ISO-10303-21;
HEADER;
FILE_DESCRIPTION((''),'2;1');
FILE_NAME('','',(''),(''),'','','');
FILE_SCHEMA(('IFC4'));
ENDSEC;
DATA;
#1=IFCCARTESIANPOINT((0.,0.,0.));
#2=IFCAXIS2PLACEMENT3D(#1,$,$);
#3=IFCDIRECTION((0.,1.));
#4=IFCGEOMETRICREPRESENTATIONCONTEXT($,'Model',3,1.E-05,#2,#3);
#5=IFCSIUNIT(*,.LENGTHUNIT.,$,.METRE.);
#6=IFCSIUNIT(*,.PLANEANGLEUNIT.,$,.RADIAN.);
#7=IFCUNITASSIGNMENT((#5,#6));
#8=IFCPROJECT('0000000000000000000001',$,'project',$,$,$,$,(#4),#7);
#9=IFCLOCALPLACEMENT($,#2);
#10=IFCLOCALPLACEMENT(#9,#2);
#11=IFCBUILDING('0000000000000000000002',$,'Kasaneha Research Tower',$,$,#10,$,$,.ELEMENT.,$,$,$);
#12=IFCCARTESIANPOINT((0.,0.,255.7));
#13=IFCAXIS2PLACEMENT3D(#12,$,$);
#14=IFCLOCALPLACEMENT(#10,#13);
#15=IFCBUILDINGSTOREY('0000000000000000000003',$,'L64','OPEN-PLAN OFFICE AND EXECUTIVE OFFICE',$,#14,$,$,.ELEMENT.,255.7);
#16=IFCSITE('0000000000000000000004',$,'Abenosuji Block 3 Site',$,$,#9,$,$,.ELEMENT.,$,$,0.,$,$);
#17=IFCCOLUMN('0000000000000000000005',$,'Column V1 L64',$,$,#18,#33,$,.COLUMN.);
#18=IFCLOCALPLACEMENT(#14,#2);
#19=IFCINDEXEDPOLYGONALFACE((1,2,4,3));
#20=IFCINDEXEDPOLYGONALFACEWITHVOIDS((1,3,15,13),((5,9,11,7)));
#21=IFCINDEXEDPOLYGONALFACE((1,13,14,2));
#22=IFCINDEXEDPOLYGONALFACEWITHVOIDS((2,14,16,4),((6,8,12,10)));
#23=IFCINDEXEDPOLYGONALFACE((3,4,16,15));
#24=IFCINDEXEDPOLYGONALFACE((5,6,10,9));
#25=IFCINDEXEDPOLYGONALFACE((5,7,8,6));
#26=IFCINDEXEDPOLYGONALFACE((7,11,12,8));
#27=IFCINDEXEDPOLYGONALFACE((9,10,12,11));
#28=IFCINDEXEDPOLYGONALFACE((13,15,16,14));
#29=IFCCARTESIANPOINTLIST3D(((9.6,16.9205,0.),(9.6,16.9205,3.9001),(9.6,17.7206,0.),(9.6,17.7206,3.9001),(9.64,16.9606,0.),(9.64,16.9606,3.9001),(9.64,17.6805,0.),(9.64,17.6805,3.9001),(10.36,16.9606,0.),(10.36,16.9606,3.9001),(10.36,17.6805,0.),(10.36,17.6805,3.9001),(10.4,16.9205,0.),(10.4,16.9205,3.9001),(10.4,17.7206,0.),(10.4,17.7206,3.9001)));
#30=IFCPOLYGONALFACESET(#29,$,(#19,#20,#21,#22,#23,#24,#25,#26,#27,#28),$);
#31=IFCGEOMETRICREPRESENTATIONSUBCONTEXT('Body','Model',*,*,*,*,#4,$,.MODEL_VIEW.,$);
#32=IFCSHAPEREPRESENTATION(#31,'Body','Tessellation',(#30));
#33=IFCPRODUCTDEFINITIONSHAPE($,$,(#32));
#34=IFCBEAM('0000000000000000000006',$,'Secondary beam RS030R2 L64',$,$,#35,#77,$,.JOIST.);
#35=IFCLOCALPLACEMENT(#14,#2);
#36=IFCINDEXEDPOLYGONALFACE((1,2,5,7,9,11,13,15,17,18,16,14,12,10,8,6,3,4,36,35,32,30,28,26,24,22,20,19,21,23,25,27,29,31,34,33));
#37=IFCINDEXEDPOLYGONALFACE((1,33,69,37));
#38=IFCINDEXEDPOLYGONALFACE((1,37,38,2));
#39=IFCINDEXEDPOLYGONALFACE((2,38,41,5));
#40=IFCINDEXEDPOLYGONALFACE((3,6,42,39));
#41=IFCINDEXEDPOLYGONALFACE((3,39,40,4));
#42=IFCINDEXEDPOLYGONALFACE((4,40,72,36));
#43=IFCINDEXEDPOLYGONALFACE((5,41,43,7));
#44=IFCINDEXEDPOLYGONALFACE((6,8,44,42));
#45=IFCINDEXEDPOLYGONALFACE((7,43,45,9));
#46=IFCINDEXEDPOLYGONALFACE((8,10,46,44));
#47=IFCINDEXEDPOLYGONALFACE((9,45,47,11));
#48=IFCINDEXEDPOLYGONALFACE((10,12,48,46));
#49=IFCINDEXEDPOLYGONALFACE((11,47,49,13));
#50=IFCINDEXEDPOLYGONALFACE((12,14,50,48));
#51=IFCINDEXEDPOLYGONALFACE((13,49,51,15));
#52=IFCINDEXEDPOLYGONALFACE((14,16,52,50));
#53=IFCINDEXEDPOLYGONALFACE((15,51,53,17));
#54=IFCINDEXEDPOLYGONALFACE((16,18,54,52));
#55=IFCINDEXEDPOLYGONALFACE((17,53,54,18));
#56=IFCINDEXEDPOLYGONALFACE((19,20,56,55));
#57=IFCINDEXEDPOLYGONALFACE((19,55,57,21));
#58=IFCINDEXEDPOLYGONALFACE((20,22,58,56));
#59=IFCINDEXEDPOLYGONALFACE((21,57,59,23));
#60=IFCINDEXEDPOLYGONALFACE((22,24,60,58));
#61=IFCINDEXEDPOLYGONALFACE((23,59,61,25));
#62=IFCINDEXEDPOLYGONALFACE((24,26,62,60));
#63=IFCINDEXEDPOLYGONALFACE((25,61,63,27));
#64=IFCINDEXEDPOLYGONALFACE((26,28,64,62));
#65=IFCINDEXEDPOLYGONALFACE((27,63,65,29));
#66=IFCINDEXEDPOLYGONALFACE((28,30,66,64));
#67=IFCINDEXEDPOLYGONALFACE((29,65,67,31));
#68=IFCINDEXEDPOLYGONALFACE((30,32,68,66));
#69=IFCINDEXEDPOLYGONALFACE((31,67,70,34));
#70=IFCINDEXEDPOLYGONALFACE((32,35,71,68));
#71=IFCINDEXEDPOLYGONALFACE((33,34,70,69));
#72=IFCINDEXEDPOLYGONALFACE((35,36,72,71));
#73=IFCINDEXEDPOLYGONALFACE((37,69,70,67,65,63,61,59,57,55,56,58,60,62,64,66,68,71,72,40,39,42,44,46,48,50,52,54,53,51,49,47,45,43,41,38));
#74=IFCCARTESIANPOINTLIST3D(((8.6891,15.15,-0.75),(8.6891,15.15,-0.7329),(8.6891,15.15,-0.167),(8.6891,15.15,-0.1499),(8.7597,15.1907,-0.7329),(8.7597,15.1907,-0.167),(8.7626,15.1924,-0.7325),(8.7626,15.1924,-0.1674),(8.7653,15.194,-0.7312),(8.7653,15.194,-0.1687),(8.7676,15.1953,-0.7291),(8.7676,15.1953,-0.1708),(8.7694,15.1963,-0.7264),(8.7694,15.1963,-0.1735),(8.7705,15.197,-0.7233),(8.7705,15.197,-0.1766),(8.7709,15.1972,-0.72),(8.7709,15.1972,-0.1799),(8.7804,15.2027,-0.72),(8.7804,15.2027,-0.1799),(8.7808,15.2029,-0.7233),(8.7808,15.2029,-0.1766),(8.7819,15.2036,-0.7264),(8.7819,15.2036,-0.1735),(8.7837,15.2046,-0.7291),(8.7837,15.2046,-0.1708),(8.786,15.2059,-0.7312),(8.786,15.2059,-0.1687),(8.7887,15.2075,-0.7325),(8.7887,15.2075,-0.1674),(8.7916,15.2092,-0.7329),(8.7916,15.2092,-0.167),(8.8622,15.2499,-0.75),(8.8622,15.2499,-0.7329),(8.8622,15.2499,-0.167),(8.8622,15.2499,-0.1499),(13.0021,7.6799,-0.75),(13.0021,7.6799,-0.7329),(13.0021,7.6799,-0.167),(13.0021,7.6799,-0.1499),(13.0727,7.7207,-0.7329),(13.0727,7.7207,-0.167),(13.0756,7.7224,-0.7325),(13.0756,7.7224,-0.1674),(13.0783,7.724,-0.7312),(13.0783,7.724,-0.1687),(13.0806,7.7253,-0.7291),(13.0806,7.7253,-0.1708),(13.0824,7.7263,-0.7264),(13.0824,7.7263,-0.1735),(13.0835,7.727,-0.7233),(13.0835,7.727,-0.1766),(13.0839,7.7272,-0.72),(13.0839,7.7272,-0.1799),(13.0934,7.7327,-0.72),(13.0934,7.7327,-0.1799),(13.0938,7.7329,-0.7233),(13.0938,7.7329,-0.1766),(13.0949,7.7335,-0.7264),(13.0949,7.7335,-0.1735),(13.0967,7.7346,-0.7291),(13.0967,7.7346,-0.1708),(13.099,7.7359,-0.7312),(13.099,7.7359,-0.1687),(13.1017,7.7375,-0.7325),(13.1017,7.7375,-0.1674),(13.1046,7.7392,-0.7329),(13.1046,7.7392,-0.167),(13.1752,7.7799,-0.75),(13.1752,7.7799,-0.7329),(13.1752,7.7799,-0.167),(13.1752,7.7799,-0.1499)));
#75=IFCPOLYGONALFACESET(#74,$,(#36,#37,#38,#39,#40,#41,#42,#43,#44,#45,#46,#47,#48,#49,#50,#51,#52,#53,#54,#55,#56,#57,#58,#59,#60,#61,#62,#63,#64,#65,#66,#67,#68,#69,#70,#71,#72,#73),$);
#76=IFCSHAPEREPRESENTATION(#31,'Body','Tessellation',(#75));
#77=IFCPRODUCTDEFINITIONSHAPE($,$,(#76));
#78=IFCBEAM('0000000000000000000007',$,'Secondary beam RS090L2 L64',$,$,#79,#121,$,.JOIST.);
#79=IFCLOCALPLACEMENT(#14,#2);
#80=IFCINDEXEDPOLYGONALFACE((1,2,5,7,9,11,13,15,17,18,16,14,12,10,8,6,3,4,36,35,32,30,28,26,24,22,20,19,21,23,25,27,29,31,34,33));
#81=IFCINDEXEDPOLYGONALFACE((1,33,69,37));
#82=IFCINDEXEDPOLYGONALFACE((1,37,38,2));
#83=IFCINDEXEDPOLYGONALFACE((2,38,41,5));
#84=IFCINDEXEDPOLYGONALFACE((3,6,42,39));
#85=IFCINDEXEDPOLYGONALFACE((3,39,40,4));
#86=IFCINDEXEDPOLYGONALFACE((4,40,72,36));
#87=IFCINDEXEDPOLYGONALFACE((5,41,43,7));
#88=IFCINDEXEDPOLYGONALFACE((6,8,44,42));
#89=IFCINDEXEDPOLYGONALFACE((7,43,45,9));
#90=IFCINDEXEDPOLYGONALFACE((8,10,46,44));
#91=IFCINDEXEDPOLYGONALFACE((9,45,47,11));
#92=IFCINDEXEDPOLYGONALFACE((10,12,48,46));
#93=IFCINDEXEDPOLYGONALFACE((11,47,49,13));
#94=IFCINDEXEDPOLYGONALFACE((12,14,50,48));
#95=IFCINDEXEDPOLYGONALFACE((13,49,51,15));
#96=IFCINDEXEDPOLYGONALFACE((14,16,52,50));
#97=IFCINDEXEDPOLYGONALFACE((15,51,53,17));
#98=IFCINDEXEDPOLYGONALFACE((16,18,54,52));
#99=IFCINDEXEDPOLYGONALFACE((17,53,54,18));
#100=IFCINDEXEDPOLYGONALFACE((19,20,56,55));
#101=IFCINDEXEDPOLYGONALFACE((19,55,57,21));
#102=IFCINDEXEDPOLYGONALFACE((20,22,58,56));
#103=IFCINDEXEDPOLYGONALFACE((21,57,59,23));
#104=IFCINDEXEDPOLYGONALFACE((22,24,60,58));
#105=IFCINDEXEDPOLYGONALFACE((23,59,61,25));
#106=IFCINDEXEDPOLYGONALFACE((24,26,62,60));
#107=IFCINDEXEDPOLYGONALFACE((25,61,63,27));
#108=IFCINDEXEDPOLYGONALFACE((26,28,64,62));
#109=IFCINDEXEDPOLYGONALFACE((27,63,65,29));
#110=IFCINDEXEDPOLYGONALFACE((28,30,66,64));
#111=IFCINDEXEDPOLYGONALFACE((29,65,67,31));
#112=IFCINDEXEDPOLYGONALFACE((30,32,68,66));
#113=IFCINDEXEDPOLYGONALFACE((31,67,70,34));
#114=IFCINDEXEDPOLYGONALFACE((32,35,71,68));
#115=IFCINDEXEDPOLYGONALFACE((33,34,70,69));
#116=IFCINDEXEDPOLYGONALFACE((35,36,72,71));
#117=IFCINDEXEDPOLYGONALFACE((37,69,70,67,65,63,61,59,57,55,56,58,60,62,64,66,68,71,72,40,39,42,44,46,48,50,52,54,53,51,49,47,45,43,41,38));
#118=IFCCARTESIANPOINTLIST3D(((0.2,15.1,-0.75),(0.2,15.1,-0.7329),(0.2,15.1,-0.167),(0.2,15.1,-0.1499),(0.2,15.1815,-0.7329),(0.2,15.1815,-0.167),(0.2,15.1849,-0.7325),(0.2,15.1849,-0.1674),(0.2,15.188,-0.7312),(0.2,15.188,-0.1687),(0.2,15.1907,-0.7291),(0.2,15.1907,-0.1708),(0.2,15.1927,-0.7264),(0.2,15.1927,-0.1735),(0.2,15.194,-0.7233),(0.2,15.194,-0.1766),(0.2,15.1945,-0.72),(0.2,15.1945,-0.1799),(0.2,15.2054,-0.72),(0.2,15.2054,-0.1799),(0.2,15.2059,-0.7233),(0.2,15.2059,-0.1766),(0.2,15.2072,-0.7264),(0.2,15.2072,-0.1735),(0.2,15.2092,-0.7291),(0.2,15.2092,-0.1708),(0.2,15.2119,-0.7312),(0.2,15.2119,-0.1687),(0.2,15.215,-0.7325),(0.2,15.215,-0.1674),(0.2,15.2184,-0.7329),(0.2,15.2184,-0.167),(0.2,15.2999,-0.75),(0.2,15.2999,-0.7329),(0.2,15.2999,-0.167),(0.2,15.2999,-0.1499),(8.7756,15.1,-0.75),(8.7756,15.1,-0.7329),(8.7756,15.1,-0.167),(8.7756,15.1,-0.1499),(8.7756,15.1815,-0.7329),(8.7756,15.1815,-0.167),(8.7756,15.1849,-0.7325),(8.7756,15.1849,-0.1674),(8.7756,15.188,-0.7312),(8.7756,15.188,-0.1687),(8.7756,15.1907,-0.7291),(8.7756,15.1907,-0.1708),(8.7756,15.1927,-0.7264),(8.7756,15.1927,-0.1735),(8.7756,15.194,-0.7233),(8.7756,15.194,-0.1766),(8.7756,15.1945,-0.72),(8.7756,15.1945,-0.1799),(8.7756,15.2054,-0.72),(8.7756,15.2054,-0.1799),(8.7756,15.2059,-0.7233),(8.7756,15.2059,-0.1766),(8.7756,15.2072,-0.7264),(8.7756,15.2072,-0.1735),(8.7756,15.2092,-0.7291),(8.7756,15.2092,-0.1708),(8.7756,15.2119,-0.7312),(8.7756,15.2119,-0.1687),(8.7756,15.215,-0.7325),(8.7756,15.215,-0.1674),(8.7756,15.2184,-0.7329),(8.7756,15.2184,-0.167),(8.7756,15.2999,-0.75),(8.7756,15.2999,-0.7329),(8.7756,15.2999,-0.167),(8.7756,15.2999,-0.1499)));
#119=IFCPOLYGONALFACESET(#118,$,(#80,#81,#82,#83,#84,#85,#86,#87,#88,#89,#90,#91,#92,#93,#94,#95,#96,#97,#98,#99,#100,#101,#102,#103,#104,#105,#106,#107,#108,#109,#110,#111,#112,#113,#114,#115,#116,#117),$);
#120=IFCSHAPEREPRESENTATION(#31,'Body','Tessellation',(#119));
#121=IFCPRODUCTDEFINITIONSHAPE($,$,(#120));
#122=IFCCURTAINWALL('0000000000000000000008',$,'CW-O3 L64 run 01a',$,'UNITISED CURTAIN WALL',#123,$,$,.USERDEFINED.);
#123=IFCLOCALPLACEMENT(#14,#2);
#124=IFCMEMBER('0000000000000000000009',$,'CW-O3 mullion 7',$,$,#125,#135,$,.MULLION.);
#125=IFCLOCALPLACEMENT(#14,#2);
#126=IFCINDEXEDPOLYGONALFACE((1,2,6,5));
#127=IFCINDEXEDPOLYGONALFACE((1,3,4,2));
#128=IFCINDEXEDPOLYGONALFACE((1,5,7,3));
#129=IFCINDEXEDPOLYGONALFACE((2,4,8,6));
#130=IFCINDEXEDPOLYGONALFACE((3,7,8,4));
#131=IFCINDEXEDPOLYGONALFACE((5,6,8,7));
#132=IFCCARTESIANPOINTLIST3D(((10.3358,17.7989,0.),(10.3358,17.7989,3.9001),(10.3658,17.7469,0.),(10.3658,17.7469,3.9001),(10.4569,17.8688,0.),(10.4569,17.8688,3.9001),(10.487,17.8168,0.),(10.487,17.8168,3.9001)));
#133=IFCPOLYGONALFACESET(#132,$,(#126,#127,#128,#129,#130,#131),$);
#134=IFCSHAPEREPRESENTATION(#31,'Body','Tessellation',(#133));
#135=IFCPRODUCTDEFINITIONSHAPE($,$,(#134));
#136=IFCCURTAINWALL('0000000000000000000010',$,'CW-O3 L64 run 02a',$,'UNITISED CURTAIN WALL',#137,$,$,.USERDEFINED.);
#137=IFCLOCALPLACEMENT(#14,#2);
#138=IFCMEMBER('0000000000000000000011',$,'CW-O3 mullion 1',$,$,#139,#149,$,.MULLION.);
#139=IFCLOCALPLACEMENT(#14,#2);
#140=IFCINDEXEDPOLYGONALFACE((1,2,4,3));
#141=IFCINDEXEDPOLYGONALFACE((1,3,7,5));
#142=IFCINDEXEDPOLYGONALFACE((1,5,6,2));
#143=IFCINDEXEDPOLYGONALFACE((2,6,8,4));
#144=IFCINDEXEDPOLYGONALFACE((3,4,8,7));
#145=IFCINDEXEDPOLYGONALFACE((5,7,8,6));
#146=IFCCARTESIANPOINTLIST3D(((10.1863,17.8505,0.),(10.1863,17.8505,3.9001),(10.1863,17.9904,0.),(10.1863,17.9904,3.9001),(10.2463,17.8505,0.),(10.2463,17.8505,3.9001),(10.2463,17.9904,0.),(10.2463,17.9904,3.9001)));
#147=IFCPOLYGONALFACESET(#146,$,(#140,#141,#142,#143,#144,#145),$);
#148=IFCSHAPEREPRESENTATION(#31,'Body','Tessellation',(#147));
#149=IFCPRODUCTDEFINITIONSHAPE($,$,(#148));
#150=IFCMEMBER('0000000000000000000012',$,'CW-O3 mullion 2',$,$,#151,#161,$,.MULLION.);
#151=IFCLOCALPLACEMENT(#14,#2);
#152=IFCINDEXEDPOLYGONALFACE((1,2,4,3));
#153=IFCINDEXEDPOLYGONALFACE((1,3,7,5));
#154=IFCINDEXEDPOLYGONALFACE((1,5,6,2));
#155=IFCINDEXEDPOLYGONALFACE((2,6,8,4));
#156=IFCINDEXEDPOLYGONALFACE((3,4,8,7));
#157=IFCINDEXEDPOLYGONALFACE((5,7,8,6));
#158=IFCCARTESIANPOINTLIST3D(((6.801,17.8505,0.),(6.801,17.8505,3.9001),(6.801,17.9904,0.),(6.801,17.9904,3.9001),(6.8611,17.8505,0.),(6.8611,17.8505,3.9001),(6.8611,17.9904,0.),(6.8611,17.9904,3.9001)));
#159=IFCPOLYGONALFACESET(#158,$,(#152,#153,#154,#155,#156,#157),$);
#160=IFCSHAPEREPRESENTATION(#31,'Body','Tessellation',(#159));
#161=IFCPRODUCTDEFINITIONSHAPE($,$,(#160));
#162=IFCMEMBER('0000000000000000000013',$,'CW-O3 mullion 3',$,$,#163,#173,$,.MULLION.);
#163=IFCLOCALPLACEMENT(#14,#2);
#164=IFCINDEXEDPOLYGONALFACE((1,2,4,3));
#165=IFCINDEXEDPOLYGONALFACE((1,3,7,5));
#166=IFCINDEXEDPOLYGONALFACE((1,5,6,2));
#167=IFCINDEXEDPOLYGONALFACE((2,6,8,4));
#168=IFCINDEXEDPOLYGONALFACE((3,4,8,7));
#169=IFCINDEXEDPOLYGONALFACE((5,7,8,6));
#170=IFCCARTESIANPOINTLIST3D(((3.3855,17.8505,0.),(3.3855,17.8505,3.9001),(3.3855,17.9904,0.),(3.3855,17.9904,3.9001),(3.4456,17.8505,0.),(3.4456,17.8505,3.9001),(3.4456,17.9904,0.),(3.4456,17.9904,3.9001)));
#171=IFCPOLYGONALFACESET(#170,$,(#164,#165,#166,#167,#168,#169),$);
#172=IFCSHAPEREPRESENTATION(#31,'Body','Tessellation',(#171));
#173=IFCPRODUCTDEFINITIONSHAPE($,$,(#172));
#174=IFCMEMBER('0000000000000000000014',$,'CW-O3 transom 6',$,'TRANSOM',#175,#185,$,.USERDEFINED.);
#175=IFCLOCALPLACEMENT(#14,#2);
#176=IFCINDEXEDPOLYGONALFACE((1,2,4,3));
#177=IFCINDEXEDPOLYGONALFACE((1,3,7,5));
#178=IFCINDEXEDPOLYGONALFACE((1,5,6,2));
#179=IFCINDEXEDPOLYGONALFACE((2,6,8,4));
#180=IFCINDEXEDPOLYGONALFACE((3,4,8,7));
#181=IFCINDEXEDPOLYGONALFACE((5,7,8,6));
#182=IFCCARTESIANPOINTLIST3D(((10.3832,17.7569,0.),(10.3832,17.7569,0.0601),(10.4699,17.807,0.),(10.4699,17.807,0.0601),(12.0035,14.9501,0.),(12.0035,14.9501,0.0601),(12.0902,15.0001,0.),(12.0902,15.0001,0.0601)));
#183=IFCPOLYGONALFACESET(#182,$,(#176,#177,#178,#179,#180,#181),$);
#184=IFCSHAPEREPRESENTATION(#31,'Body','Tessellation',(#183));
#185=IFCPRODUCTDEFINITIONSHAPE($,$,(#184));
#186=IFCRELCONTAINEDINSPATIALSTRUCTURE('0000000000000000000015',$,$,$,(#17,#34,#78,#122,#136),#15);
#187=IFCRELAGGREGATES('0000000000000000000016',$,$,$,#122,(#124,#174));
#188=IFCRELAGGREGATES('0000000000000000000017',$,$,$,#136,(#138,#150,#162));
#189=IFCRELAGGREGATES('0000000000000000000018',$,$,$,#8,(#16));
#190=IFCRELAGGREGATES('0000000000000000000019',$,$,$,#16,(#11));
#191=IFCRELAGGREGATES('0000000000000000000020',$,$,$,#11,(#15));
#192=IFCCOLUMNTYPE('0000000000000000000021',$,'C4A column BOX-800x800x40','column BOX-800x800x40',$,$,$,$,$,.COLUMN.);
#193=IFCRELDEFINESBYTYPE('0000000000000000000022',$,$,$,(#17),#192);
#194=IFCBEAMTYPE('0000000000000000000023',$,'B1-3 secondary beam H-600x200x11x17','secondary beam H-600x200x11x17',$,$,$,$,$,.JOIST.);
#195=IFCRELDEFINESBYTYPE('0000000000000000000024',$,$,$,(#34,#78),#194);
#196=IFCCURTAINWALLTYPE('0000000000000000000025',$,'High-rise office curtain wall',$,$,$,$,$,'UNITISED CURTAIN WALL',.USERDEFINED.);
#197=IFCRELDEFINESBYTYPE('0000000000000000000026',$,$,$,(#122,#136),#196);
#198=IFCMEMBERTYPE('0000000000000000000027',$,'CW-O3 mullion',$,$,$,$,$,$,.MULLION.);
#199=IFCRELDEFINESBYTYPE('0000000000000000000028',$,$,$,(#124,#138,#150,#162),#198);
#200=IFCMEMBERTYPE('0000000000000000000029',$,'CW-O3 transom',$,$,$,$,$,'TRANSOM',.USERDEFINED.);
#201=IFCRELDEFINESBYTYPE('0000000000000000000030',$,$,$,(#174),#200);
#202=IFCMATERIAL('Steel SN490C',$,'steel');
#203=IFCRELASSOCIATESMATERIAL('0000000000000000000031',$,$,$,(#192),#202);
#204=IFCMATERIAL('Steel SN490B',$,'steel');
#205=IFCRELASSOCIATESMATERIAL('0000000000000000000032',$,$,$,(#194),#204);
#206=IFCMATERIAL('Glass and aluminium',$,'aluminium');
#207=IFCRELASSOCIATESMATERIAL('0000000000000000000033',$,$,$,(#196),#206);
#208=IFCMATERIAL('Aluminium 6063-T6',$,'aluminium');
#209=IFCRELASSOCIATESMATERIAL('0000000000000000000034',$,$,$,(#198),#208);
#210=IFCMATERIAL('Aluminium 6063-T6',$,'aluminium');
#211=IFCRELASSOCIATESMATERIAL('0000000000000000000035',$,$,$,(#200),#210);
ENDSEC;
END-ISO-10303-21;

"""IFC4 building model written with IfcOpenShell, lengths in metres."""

from ifc_helpers import new_model, si_unit, direction, frame, origin, origin_2d, place, context, subcontext, project, spatial, rectangle, hollow_rectangle, i_section, extrude, material, material_profile, profile_set, type_object, element, aggregate, save


model = new_model("IFC4")

# Units and contexts
model_context = context("Model", 3, precision=1e-05, world=origin(), true_north=direction((0.0, 1.0)))
body_context = subcontext(model_context, "Body", "Model", "MODEL_VIEW")
ifc_project = project(units=[si_unit("LENGTHUNIT", "METRE"), si_unit("PLANEANGLEUNIT", "RADIAN")], contexts=[model_context])

# Site, building, storey
site_placement = place(None, origin())
site = spatial("IfcSite", under=ifc_project, at=site_placement, Name="Abenosuji Block 3 Site", CompositionType="ELEMENT", RefElevation=0.0)
building_placement = place(site_placement, origin())
building = spatial("IfcBuilding", under=site, at=building_placement, Name="Kasaneha Research Tower", CompositionType="ELEMENT")
storey_placement = place(building_placement, frame((0.0, 0.0, 255.7)))
storey = spatial("IfcBuildingStorey", under=building, at=storey_placement, Name="L64", Description="OPEN-PLAN OFFICE AND EXECUTIVE OFFICE", CompositionType="ELEMENT", Elevation=255.7)

# Column
ifc_material_1 = material(Name="Steel SN490C", Category="steel")
ifc_material_profile_1 = material_profile(ifc_material_1, hollow_rectangle(XDim=0.8, YDim=0.8, WallThickness=0.04, at=origin_2d()), Name="BOX-800x800x40")
ifc_profile_set_1 = profile_set([ifc_material_profile_1], Name="Steel SN490C")
column_type = type_object("IfcColumnType", Name="C4A column BOX-800x800x40", Description="column BOX-800x800x40", PredefinedType="COLUMN", material=ifc_profile_set_1)
column_placement = place(storey_placement, frame((10.0, 17.3206, 0.0), z_axis=(0.0, 0.0, 1.0), x_axis=(1.0, 0.0, 0.0)))
element("IfcColumn", 1, at=column_placement, inside=storey, type_object=column_type, Name="Column V1 L64", PredefinedType="COLUMN", context=body_context, shape_type="SweptSolid", body=[
    extrude(hollow_rectangle(XDim=0.8, YDim=0.8, WallThickness=0.04, at=origin_2d()), origin(), (0.0, 0.0, 1.0), 3.9001),
])

# Beams
ifc_material_2 = material(Name="Steel SN490B", Category="steel")
ifc_material_profile_2 = material_profile(ifc_material_2, i_section(OverallWidth=0.2, OverallDepth=0.6001, WebThickness=0.011, FlangeThickness=0.0171, FilletRadius=0.0129, at=origin_2d()), Name="H-600x200x11x17")
ifc_profile_set_2 = profile_set([ifc_material_profile_2], Name="Steel SN490B")
beam_type_1 = type_object("IfcBeamType", Name="B1-3 secondary beam H-600x200x11x17", Description="secondary beam H-600x200x11x17", PredefinedType="JOIST", material=ifc_profile_set_2)
beam_1_placement = place(storey_placement, frame((8.7756, 15.2, -0.45), z_axis=(0.500017, -0.866015, 0.0), x_axis=(0.866015, 0.500017, 0.0)))
element("IfcBeam", 2, at=beam_1_placement, inside=storey, type_object=beam_type_1, Name="Secondary beam RS030R2 L64", PredefinedType="JOIST", context=body_context, shape_type="SweptSolid", body=[
    extrude(i_section(OverallWidth=0.2, OverallDepth=0.6001, WebThickness=0.011, FlangeThickness=0.0171, FilletRadius=0.0129, at=origin_2d()), origin(), (0.0, 0.0, 1.0), 8.6257),
])
beam_2_placement = place(storey_placement, frame((8.7756, 15.2, -0.45), z_axis=(-1.0, 0.0, 0.0), x_axis=(0.0, -1.0, 0.0)))
element("IfcBeam", 3, at=beam_2_placement, inside=storey, type_object=beam_type_1, Name="Secondary beam RS090L2 L64", PredefinedType="JOIST", context=body_context, shape_type="SweptSolid", body=[
    extrude(i_section(OverallWidth=0.2, OverallDepth=0.6001, WebThickness=0.011, FlangeThickness=0.0171, FilletRadius=0.0129, at=origin_2d()), origin(), (0.0, 0.0, 1.0), 8.5757),
])

# Curtain wall, member
ifc_material_3 = material(Name="Glass and aluminium", Category="aluminium")
curtain_wall_type = type_object("IfcCurtainWallType", Name="High-rise office curtain wall", ElementType="UNITISED CURTAIN WALL", PredefinedType="USERDEFINED", material=ifc_material_3)
curtain_wall_1_placement = place(storey_placement, origin())
curtain_wall_1 = element("IfcCurtainWall", 4, at=curtain_wall_1_placement, inside=storey, type_object=curtain_wall_type, Name="CW-O3 L64 run 01a", ObjectType="UNITISED CURTAIN WALL", PredefinedType="USERDEFINED")
ifc_material_4 = material(Name="Aluminium 6063-T6", Category="aluminium")
ifc_material_profile_3 = material_profile(ifc_material_4, rectangle(XDim=0.0601, YDim=0.1399, at=origin_2d()), Name="CW-O3 mullion 60x140")
ifc_profile_set_3 = profile_set([ifc_material_profile_3], Name="Aluminium 6063-T6")
member_type_1 = type_object("IfcMemberType", Name="CW-O3 mullion", PredefinedType="MULLION", material=ifc_profile_set_3)
member_1_placement = place(storey_placement, frame((10.4114, 17.8079, 0.0), z_axis=(0.0, 0.0, 1.0), x_axis=(-0.5, 0.866025, 0.0)))
member_1 = element("IfcMember", 5, at=member_1_placement, type_object=member_type_1, Name="CW-O3 mullion 7", PredefinedType="MULLION", context=body_context, shape_type="SweptSolid", body=[
    extrude(rectangle(XDim=0.0601, YDim=0.1399, at=origin_2d()), origin(), (0.0, 0.0, 1.0), 3.9001),
])

# Curtain wall, members
curtain_wall_2_placement = place(storey_placement, origin())
curtain_wall_2 = element("IfcCurtainWall", 6, at=curtain_wall_2_placement, inside=storey, type_object=curtain_wall_type, Name="CW-O3 L64 run 02a", ObjectType="UNITISED CURTAIN WALL", PredefinedType="USERDEFINED")
member_2_placement = place(storey_placement, frame((10.2163, 17.9204, 0.0), z_axis=(0.0, 0.0, 1.0), x_axis=(-1.0, 0.0, 0.0)))
member_2 = element("IfcMember", 7, at=member_2_placement, type_object=member_type_1, Name="CW-O3 mullion 1", PredefinedType="MULLION", context=body_context, shape_type="SweptSolid", body=[
    extrude(rectangle(XDim=0.0601, YDim=0.1399, at=origin_2d()), origin(), (0.0, 0.0, 1.0), 3.9001),
])
member_3_placement = place(storey_placement, frame((6.8311, 17.9204, 0.0), z_axis=(0.0, 0.0, 1.0), x_axis=(-1.0, 0.0, 0.0)))
member_3 = element("IfcMember", 8, at=member_3_placement, type_object=member_type_1, Name="CW-O3 mullion 2", PredefinedType="MULLION", context=body_context, shape_type="SweptSolid", body=[
    extrude(rectangle(XDim=0.0601, YDim=0.1399, at=origin_2d()), origin(), (0.0, 0.0, 1.0), 3.9001),
])
member_4_placement = place(storey_placement, frame((3.4155, 17.9204, 0.0), z_axis=(0.0, 0.0, 1.0), x_axis=(-1.0, 0.0, 0.0)))
member_4 = element("IfcMember", 9, at=member_4_placement, type_object=member_type_1, Name="CW-O3 mullion 3", PredefinedType="MULLION", context=body_context, shape_type="SweptSolid", body=[
    extrude(rectangle(XDim=0.0601, YDim=0.1399, at=origin_2d()), origin(), (0.0, 0.0, 1.0), 3.9001),
])

# Member
ifc_material_5 = material(Name="Aluminium 6063-T6", Category="aluminium")
ifc_material_profile_4 = material_profile(ifc_material_5, rectangle(XDim=0.1001, YDim=0.0601, at=origin_2d()), Name="CW-O3 transom 100x60")
ifc_profile_set_4 = profile_set([ifc_material_profile_4], Name="Aluminium 6063-T6")
member_type_2 = type_object("IfcMemberType", Name="CW-O3 transom", ElementType="TRANSOM", PredefinedType="USERDEFINED", material=ifc_profile_set_4)
member_5_placement = place(storey_placement, frame((12.0469, 14.9751, 0.03), z_axis=(-0.499955, 0.866051, 0.0), x_axis=(-0.866051, -0.499955, 0.0)))
member_5 = element("IfcMember", 10, at=member_5_placement, type_object=member_type_2, Name="CW-O3 transom 6", ObjectType="TRANSOM", PredefinedType="USERDEFINED", context=body_context, shape_type="SweptSolid", body=[
    extrude(rectangle(XDim=0.1001, YDim=0.0601, at=origin_2d()), origin(), (0.0, 0.0, 1.0), 3.241),
])

aggregate(curtain_wall_1, [member_1, member_5])
aggregate(curtain_wall_2, [member_2, member_3, member_4])

save(model, "model.ifc")
